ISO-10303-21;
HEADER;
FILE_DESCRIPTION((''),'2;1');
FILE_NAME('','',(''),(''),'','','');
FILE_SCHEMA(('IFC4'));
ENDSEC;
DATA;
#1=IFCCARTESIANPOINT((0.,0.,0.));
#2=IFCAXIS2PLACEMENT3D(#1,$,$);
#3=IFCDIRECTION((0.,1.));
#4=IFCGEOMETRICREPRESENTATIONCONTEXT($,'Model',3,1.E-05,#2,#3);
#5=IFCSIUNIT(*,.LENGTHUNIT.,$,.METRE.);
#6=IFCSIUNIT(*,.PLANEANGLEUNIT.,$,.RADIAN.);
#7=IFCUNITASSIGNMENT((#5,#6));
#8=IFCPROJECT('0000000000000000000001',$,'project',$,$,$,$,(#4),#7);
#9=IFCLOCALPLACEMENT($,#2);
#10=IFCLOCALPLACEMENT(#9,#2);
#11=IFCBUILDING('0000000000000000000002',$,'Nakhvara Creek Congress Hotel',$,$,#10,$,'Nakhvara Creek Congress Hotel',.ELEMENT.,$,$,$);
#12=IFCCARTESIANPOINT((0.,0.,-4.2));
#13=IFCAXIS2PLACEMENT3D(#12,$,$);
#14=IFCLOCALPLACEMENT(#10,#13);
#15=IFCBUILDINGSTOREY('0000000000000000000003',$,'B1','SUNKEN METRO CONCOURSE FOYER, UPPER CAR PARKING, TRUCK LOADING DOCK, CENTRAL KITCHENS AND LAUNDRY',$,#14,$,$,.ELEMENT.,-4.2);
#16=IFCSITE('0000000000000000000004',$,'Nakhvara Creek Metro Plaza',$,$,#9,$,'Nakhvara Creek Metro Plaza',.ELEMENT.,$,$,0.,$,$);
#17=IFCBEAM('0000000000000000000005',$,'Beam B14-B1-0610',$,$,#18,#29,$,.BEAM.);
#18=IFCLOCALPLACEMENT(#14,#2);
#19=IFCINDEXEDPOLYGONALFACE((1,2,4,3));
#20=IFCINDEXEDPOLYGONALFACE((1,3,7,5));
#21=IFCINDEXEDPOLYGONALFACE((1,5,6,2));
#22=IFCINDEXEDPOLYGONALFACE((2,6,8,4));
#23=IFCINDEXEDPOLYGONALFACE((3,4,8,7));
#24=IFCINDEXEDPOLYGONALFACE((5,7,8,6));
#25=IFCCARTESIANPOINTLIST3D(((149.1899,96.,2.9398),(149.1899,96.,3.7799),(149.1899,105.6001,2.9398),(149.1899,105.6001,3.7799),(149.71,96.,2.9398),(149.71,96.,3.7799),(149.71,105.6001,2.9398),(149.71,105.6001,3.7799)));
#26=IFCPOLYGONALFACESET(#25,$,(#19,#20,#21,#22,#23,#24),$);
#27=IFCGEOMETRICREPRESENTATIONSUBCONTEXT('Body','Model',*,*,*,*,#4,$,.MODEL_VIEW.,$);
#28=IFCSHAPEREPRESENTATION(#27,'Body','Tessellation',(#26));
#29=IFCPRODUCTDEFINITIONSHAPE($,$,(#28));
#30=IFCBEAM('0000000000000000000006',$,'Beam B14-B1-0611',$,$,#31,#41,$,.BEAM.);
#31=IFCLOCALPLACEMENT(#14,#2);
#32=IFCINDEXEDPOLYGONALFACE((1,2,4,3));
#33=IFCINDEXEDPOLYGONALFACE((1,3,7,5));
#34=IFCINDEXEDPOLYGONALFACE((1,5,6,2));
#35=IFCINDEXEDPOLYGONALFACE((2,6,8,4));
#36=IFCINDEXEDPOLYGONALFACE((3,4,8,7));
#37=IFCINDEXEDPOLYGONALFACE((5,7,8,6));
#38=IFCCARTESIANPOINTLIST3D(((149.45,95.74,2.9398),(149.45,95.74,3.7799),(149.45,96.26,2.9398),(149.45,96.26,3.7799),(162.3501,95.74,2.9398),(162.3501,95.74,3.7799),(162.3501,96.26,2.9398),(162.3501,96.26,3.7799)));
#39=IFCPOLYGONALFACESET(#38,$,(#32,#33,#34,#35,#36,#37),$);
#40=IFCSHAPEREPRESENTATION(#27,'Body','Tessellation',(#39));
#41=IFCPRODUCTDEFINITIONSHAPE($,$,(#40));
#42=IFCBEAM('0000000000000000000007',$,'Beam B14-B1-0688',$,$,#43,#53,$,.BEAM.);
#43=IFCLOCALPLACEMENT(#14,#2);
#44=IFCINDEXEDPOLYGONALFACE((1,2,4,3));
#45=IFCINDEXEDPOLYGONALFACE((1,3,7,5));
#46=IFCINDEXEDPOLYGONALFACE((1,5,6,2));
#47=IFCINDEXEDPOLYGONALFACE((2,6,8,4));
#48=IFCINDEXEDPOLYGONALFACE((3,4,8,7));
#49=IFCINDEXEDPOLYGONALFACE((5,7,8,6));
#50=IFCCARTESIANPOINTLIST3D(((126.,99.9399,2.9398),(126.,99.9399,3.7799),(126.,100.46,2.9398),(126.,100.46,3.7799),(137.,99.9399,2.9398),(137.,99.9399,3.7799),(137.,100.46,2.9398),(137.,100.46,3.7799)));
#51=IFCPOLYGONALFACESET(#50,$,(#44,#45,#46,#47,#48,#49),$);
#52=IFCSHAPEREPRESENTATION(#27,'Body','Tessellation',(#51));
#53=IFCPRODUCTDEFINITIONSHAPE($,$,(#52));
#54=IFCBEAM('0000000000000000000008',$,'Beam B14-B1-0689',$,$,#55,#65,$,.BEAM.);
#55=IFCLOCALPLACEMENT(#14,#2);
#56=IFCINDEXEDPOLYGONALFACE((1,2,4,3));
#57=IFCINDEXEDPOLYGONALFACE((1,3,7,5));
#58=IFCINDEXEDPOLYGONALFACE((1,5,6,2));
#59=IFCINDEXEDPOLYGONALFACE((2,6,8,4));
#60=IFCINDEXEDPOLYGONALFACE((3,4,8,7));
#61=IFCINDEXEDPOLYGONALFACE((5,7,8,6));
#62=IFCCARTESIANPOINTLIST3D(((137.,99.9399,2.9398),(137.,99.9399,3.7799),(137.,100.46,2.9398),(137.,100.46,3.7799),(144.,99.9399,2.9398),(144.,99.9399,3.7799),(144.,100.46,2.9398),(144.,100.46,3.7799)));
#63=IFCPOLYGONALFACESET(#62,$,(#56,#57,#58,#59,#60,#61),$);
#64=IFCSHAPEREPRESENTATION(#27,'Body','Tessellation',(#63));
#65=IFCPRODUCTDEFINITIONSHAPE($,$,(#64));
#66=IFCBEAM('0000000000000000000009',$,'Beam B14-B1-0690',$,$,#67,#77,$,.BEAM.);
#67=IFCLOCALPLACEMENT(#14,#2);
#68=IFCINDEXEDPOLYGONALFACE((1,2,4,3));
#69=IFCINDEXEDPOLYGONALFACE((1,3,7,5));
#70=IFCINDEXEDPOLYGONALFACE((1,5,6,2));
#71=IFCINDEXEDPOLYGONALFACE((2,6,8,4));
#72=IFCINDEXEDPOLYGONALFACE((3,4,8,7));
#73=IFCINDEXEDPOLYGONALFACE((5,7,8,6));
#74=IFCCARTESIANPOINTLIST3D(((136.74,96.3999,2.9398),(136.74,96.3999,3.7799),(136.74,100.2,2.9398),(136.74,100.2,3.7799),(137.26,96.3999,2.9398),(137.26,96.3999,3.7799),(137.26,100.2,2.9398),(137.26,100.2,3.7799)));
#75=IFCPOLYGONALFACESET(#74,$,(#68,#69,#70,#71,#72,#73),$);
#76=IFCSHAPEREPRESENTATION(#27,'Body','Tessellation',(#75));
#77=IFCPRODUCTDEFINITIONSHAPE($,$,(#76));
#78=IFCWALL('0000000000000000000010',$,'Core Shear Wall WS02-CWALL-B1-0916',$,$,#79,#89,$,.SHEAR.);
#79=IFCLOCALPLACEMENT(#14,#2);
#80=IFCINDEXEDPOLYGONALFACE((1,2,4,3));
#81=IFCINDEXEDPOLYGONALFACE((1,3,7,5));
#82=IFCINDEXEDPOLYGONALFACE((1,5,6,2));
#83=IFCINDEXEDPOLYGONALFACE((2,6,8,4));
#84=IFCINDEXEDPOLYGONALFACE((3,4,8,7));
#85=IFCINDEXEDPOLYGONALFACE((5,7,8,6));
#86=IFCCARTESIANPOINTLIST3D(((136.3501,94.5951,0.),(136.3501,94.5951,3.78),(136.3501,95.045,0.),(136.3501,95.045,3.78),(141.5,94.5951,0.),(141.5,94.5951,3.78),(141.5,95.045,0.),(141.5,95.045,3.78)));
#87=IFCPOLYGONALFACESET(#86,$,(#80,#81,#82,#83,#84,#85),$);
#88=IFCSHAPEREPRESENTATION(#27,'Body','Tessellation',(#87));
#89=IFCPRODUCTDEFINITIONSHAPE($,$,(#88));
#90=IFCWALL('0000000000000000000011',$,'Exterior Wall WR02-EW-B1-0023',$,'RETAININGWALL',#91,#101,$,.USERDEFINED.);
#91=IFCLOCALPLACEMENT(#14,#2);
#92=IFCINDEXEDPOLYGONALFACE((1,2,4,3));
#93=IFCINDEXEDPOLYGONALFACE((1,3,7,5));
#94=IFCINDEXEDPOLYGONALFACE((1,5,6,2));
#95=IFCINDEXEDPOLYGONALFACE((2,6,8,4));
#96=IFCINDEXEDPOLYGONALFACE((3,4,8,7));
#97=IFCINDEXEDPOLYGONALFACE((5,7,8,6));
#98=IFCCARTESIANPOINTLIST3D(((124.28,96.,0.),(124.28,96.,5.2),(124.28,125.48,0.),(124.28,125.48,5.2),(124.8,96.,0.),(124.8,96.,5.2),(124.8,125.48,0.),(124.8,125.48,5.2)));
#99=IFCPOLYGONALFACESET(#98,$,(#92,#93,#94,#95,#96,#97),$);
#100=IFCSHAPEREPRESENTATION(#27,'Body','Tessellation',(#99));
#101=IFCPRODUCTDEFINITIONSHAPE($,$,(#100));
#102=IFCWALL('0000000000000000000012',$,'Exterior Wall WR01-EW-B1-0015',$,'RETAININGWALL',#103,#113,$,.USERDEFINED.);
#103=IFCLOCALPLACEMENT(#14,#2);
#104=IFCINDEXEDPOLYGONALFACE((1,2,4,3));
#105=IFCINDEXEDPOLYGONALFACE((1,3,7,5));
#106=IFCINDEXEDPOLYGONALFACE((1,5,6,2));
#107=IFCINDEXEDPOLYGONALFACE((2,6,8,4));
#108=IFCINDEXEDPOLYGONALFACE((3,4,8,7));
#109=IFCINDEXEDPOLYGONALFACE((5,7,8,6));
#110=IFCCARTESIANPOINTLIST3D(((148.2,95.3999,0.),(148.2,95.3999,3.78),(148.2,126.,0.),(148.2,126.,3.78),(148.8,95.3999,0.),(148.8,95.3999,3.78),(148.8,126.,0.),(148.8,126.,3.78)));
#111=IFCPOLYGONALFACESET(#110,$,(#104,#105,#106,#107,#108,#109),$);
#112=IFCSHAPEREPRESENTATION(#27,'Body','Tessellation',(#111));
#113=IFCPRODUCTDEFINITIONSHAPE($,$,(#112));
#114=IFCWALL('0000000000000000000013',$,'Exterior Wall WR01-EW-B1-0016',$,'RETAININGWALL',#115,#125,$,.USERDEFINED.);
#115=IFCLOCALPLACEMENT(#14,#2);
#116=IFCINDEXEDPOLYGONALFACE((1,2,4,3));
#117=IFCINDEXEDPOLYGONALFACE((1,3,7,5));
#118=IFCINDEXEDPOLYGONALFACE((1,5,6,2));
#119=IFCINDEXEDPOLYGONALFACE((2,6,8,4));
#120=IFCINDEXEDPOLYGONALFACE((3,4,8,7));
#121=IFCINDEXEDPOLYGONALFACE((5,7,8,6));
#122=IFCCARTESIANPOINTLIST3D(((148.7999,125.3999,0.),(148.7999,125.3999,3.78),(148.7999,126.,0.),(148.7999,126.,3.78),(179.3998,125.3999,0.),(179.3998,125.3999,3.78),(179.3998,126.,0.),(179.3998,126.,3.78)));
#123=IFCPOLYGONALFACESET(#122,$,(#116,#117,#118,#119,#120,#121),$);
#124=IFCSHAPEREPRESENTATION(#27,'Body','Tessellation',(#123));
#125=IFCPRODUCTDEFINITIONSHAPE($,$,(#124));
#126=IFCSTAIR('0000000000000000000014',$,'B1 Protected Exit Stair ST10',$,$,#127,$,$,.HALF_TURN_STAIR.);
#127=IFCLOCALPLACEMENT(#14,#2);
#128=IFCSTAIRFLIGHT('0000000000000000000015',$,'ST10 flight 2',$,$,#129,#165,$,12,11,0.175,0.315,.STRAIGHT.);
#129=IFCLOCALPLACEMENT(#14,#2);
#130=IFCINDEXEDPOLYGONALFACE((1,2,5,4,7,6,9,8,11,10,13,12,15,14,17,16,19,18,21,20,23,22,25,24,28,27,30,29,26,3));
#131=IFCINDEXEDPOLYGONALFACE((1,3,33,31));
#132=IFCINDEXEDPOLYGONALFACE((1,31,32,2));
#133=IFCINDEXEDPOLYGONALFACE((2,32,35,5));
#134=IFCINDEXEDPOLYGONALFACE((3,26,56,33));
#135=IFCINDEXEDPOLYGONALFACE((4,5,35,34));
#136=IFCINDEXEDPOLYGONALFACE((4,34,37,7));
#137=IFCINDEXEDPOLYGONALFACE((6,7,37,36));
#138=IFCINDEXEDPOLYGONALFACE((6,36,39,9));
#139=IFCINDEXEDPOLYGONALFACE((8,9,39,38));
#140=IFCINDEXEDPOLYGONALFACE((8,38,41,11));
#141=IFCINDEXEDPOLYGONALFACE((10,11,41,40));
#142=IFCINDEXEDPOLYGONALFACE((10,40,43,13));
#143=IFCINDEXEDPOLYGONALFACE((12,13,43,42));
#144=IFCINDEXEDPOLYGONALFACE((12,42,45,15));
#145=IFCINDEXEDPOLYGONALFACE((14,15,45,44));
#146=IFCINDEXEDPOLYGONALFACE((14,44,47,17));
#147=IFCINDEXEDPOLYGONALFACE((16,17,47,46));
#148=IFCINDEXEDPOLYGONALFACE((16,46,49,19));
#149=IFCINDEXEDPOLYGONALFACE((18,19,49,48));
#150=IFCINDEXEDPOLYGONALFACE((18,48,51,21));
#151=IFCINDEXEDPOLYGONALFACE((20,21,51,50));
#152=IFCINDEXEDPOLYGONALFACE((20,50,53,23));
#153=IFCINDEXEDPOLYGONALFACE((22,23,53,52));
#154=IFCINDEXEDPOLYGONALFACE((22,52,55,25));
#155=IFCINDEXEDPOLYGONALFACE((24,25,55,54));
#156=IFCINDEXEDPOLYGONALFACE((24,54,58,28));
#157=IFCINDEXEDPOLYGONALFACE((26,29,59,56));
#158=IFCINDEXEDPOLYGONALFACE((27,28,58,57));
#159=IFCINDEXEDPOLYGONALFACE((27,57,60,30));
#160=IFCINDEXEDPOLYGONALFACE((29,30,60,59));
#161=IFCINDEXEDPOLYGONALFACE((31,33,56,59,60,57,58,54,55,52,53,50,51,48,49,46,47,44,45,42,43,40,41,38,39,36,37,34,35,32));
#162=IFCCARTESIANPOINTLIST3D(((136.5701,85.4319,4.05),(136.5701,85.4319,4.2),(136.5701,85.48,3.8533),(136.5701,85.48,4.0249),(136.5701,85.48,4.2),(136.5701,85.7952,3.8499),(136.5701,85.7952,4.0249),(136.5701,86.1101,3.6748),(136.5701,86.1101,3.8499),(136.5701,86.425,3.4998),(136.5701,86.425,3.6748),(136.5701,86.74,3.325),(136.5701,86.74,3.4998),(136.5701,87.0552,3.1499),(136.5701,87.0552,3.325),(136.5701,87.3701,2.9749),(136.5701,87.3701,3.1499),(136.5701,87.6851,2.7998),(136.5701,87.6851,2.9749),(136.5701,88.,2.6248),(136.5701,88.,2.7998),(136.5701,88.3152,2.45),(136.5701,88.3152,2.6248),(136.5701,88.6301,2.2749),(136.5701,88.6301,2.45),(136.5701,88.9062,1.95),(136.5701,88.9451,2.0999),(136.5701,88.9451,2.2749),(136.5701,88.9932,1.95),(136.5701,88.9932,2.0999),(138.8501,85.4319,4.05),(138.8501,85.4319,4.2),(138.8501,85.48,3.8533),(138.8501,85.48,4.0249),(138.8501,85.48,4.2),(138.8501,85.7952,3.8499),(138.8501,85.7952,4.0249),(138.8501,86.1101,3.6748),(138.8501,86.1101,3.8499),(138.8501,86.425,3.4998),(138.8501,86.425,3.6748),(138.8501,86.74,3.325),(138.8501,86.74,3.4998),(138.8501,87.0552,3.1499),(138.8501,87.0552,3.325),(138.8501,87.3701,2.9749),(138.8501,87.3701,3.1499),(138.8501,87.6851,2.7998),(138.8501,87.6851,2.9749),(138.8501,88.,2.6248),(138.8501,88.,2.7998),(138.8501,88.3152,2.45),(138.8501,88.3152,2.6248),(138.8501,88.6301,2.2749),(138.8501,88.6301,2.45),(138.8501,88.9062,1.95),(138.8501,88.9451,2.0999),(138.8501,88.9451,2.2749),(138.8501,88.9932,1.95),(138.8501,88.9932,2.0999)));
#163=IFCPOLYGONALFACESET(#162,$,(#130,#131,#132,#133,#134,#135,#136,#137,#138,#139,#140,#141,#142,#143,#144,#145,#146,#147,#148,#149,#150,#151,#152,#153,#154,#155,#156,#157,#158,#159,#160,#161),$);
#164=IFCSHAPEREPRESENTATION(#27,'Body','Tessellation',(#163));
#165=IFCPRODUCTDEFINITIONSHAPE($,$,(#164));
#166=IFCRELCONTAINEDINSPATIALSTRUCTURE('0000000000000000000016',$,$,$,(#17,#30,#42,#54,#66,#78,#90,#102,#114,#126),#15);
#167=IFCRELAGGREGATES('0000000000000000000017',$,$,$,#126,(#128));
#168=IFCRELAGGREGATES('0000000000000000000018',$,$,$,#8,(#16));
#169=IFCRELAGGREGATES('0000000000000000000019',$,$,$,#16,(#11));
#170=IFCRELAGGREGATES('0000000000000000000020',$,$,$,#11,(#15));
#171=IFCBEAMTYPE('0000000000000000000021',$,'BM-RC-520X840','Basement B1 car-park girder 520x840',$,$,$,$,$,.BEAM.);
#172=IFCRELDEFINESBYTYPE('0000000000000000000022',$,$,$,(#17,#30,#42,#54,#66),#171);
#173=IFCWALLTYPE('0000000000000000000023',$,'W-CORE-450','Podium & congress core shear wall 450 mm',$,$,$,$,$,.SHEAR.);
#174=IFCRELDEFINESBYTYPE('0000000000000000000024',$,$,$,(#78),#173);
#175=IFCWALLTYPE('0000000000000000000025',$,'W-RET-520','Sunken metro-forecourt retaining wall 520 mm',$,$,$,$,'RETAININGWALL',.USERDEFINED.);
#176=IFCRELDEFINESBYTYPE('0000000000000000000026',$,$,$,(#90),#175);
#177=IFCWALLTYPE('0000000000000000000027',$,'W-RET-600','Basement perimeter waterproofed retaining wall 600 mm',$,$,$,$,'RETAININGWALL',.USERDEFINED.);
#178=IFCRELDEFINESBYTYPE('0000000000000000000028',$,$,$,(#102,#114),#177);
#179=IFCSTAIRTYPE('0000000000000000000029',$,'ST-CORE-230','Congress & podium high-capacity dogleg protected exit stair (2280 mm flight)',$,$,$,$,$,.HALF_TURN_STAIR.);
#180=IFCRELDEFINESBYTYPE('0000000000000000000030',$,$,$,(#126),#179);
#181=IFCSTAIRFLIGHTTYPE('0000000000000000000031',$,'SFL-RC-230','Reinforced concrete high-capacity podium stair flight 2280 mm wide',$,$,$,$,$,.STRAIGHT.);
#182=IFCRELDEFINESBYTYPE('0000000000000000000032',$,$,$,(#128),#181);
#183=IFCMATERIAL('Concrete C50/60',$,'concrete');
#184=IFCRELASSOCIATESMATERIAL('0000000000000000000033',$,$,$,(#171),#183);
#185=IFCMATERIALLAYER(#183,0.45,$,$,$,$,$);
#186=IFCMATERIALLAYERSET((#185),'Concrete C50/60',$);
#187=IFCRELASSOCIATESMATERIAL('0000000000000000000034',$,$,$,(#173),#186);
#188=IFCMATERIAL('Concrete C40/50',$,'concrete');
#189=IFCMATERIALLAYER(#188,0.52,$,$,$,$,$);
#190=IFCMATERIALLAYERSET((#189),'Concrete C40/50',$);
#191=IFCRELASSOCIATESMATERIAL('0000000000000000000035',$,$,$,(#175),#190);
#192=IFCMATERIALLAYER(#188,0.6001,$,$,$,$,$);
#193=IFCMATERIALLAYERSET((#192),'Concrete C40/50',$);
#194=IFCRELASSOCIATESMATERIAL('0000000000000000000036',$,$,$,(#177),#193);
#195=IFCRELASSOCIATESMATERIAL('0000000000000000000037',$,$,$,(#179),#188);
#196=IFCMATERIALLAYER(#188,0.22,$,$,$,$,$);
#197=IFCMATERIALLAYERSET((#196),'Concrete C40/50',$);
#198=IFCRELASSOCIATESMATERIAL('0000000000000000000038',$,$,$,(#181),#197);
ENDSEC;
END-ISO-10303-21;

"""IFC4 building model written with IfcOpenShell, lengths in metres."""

from ifc_helpers import new_model, si_unit, direction, frame, frame_2d, origin, origin_2d, place, context, subcontext, project, spatial, polyline, rectangle, outline, extrude, material, layer, layer_set, material_profile, profile_set, type_object, element, aggregate, save


model = new_model("IFC4")

# Units and contexts
model_context = context("Model", 3, precision=1e-05, world=origin(), true_north=direction((0.0, 1.0)))
body_context = subcontext(model_context, "Body", "Model", "MODEL_VIEW")
ifc_project = project(units=[si_unit("LENGTHUNIT", "METRE"), si_unit("PLANEANGLEUNIT", "RADIAN")], contexts=[model_context])

# Site, building, storey
site_placement = place(None, origin())
site = spatial("IfcSite", under=ifc_project, at=site_placement, Name="Nakhvara Creek Metro Plaza", LongName="Nakhvara Creek Metro Plaza", CompositionType="ELEMENT", RefElevation=0.0)
building_placement = place(site_placement, origin())
building = spatial("IfcBuilding", under=site, at=building_placement, Name="Nakhvara Creek Congress Hotel", LongName="Nakhvara Creek Congress Hotel", CompositionType="ELEMENT")
storey_placement = place(building_placement, frame((0.0, 0.0, -4.2)))
storey = spatial("IfcBuildingStorey", under=building, at=storey_placement, Name="B1", Description="SUNKEN METRO CONCOURSE FOYER, UPPER CAR PARKING, TRUCK LOADING DOCK, CENTRAL KITCHENS AND LAUNDRY", CompositionType="ELEMENT", Elevation=-4.2)

# Shared definitions
ifc_material_1 = material(Name="Concrete C50/60", Category="concrete")

# Beams
ifc_material_profile_1 = material_profile(ifc_material_1, rectangle(XDim=0.52, YDim=0.8401, at=origin_2d()), Name="RC-BM 520x840", Category="LoadBearing")
ifc_profile_set_1 = profile_set([ifc_material_profile_1], Name="Concrete C50/60")
beam_type = type_object("IfcBeamType", Name="BM-RC-520X840", Description="Basement B1 car-park girder 520x840", PredefinedType="BEAM", material=ifc_profile_set_1)
beam_1_placement = place(storey_placement, frame((149.45, 96.0, 3.3599), z_axis=(0.0, 1.0, 0.0), x_axis=(-1.0, 0.0, 0.0)))
element("IfcBeam", 1, at=beam_1_placement, inside=storey, type_object=beam_type, Name="Beam B14-B1-0610", PredefinedType="BEAM", context=body_context, shape_type="SweptSolid", body=[
    extrude(rectangle(XDim=0.52, YDim=0.8401, at=origin_2d()), origin(), (0.0, 0.0, 1.0), 9.6001),
])
beam_2_placement = place(storey_placement, frame((149.45, 96.0, 3.3599), z_axis=(1.0, 0.0, 0.0), x_axis=(0.0, 1.0, 0.0)))
element("IfcBeam", 2, at=beam_2_placement, inside=storey, type_object=beam_type, Name="Beam B14-B1-0611", PredefinedType="BEAM", context=body_context, shape_type="SweptSolid", body=[
    extrude(rectangle(XDim=0.52, YDim=0.8401, at=origin_2d()), origin(), (0.0, 0.0, 1.0), 12.9001),
])
beam_3_placement = place(storey_placement, frame((126.0, 100.2, 3.3599), z_axis=(1.0, 0.0, 0.0), x_axis=(0.0, 1.0, 0.0)))
element("IfcBeam", 3, at=beam_3_placement, inside=storey, type_object=beam_type, Name="Beam B14-B1-0688", PredefinedType="BEAM", context=body_context, shape_type="SweptSolid", body=[
    extrude(rectangle(XDim=0.52, YDim=0.8401, at=origin_2d()), origin(), (0.0, 0.0, 1.0), 11.0),
])
beam_4_placement = place(storey_placement, frame((137.0, 100.2, 3.3599), z_axis=(1.0, 0.0, 0.0), x_axis=(0.0, 1.0, 0.0)))
element("IfcBeam", 4, at=beam_4_placement, inside=storey, type_object=beam_type, Name="Beam B14-B1-0689", PredefinedType="BEAM", context=body_context, shape_type="SweptSolid", body=[
    extrude(rectangle(XDim=0.52, YDim=0.8401, at=origin_2d()), origin(), (0.0, 0.0, 1.0), 7.0),
])
beam_5_placement = place(storey_placement, frame((137.0, 96.3999, 3.3599), z_axis=(0.0, 1.0, 0.0), x_axis=(-1.0, 0.0, 0.0)))
element("IfcBeam", 5, at=beam_5_placement, inside=storey, type_object=beam_type, Name="Beam B14-B1-0690", PredefinedType="BEAM", context=body_context, shape_type="SweptSolid", body=[
    extrude(rectangle(XDim=0.52, YDim=0.8401, at=origin_2d()), origin(), (0.0, 0.0, 1.0), 3.8),
])

# Walls
ifc_layer_1 = layer(ifc_material_1, 0.45)
ifc_layer_set_1 = layer_set([ifc_layer_1], Name="Concrete C50/60")
wall_type_1 = type_object("IfcWallType", Name="W-CORE-450", Description="Podium & congress core shear wall 450 mm", PredefinedType="SHEAR", material=ifc_layer_set_1)
wall_1_placement = place(storey_placement, frame((136.3501, 94.8201, 0.0), z_axis=(0.0, 0.0, 1.0), x_axis=(1.0, 0.0, 0.0)))
element("IfcWall", 6, at=wall_1_placement, inside=storey, type_object=wall_type_1, Name="Core Shear Wall WS02-CWALL-B1-0916", PredefinedType="SHEAR", context=body_context, shape_type="SweptSolid", body=[
    extrude(rectangle(XDim=5.1499, YDim=0.45, at=frame_2d((2.575, 0.0))), origin(), (0.0, 0.0, 1.0), 3.78),
])
ifc_material_2 = material(Name="Concrete C40/50", Category="concrete")
ifc_layer_2 = layer(ifc_material_2, 0.52)
ifc_layer_set_2 = layer_set([ifc_layer_2], Name="Concrete C40/50")
wall_type_2 = type_object("IfcWallType", Name="W-RET-520", Description="Sunken metro-forecourt retaining wall 520 mm", ElementType="RETAININGWALL", PredefinedType="USERDEFINED", material=ifc_layer_set_2)
wall_2_placement = place(storey_placement, frame((124.54, 125.48, 0.0), z_axis=(0.0, 0.0, 1.0), x_axis=(0.0, -1.0, 0.0)))
element("IfcWall", 7, at=wall_2_placement, inside=storey, type_object=wall_type_2, Name="Exterior Wall WR02-EW-B1-0023", ObjectType="RETAININGWALL", PredefinedType="USERDEFINED", context=body_context, shape_type="SweptSolid", body=[
    extrude(rectangle(XDim=29.48, YDim=0.52, at=frame_2d((14.74, 0.0))), origin(), (0.0, 0.0, 1.0), 5.2),
])
ifc_layer_3 = layer(ifc_material_2, 0.6001)
ifc_layer_set_3 = layer_set([ifc_layer_3], Name="Concrete C40/50")
wall_type_3 = type_object("IfcWallType", Name="W-RET-600", Description="Basement perimeter waterproofed retaining wall 600 mm", ElementType="RETAININGWALL", PredefinedType="USERDEFINED", material=ifc_layer_set_3)
wall_3_placement = place(storey_placement, frame((148.5, 95.3999, 0.0), z_axis=(0.0, 0.0, 1.0), x_axis=(0.0, 1.0, 0.0)))
element("IfcWall", 8, at=wall_3_placement, inside=storey, type_object=wall_type_3, Name="Exterior Wall WR01-EW-B1-0015", ObjectType="RETAININGWALL", PredefinedType="USERDEFINED", context=body_context, shape_type="SweptSolid", body=[
    extrude(rectangle(XDim=30.6001, YDim=0.6001, at=frame_2d((15.3, 0.0))), origin(), (0.0, 0.0, 1.0), 3.78),
])
wall_4_placement = place(storey_placement, frame((148.8, 125.7, 0.0), z_axis=(0.0, 0.0, 1.0), x_axis=(1.0, 0.0, 0.0)))
element("IfcWall", 9, at=wall_4_placement, inside=storey, type_object=wall_type_3, Name="Exterior Wall WR01-EW-B1-0016", ObjectType="RETAININGWALL", PredefinedType="USERDEFINED", context=body_context, shape_type="SweptSolid", body=[
    extrude(rectangle(XDim=30.5999, YDim=0.6001, at=frame_2d((15.2998, 0.0))), origin(), (0.0, 0.0, 1.0), 3.78),
])

# Stair, stair flight
stair_type = type_object("IfcStairType", Name="ST-CORE-230", Description="Congress & podium high-capacity dogleg protected exit stair (2280 mm flight)", PredefinedType="HALF_TURN_STAIR", material=ifc_material_2)
stair_placement = place(storey_placement, origin())
stair = element("IfcStair", 10, at=stair_placement, inside=storey, type_object=stair_type, Name="B1 Protected Exit Stair ST10", PredefinedType="HALF_TURN_STAIR")
ifc_layer_4 = layer(ifc_material_2, 0.22)
ifc_layer_set_4 = layer_set([ifc_layer_4], Name="Concrete C40/50")
stair_flight_type = type_object("IfcStairFlightType", Name="SFL-RC-230", Description="Reinforced concrete high-capacity podium stair flight 2280 mm wide", PredefinedType="STRAIGHT", material=ifc_layer_set_4)
stair_flight_placement = place(storey_placement, frame((137.71, 88.9451, 2.0999), z_axis=(0.0, 0.0, 1.0), x_axis=(0.0, -1.0, 0.0)))
stair_flight = element("IfcStairFlight", 11, at=stair_flight_placement, type_object=stair_flight_type, Name="ST10 flight 2", NumberOfRisers=12, NumberOfTreads=11, PredefinedType="STRAIGHT", RiserHeight=0.175, TreadLength=0.315, context=body_context, shape_type="SweptSolid", body=[
    extrude(outline(polyline([(-0.0481, 0.0), (0.0, 0.0), (0.0, 0.175), (0.3149, 0.175), (0.3149, 0.3501), (0.6299, 0.3501), (0.6299, 0.5249), (0.9451, 0.5249), (0.9451, 0.7), (1.26, 0.7), (1.26, 0.875), (1.575, 0.875), (1.575, 1.05), (1.8899, 1.05), (1.8899, 1.2251), (2.2051, 1.2251), (2.2051, 1.3999), (2.52, 1.3999), (2.52, 1.575), (2.835, 1.575), (2.835, 1.75), (3.1499, 1.75), (3.1499, 1.925), (3.4651, 1.925), (3.4651, 2.1001), (3.5132, 2.1001), (3.5132, 1.9502), (3.4651, 1.7534), (0.0388, -0.1499), (-0.0481, -0.1499), (-0.0481, 0.0)])), frame((0.0, 1.1401, 0.0), z_axis=(0.0, -1.0, 0.0), x_axis=(1.0, 0.0, 0.0)), (0.0, 0.0, 1.0), 2.28),
])
aggregate(stair, [stair_flight])

save(model, "model.ifc")
